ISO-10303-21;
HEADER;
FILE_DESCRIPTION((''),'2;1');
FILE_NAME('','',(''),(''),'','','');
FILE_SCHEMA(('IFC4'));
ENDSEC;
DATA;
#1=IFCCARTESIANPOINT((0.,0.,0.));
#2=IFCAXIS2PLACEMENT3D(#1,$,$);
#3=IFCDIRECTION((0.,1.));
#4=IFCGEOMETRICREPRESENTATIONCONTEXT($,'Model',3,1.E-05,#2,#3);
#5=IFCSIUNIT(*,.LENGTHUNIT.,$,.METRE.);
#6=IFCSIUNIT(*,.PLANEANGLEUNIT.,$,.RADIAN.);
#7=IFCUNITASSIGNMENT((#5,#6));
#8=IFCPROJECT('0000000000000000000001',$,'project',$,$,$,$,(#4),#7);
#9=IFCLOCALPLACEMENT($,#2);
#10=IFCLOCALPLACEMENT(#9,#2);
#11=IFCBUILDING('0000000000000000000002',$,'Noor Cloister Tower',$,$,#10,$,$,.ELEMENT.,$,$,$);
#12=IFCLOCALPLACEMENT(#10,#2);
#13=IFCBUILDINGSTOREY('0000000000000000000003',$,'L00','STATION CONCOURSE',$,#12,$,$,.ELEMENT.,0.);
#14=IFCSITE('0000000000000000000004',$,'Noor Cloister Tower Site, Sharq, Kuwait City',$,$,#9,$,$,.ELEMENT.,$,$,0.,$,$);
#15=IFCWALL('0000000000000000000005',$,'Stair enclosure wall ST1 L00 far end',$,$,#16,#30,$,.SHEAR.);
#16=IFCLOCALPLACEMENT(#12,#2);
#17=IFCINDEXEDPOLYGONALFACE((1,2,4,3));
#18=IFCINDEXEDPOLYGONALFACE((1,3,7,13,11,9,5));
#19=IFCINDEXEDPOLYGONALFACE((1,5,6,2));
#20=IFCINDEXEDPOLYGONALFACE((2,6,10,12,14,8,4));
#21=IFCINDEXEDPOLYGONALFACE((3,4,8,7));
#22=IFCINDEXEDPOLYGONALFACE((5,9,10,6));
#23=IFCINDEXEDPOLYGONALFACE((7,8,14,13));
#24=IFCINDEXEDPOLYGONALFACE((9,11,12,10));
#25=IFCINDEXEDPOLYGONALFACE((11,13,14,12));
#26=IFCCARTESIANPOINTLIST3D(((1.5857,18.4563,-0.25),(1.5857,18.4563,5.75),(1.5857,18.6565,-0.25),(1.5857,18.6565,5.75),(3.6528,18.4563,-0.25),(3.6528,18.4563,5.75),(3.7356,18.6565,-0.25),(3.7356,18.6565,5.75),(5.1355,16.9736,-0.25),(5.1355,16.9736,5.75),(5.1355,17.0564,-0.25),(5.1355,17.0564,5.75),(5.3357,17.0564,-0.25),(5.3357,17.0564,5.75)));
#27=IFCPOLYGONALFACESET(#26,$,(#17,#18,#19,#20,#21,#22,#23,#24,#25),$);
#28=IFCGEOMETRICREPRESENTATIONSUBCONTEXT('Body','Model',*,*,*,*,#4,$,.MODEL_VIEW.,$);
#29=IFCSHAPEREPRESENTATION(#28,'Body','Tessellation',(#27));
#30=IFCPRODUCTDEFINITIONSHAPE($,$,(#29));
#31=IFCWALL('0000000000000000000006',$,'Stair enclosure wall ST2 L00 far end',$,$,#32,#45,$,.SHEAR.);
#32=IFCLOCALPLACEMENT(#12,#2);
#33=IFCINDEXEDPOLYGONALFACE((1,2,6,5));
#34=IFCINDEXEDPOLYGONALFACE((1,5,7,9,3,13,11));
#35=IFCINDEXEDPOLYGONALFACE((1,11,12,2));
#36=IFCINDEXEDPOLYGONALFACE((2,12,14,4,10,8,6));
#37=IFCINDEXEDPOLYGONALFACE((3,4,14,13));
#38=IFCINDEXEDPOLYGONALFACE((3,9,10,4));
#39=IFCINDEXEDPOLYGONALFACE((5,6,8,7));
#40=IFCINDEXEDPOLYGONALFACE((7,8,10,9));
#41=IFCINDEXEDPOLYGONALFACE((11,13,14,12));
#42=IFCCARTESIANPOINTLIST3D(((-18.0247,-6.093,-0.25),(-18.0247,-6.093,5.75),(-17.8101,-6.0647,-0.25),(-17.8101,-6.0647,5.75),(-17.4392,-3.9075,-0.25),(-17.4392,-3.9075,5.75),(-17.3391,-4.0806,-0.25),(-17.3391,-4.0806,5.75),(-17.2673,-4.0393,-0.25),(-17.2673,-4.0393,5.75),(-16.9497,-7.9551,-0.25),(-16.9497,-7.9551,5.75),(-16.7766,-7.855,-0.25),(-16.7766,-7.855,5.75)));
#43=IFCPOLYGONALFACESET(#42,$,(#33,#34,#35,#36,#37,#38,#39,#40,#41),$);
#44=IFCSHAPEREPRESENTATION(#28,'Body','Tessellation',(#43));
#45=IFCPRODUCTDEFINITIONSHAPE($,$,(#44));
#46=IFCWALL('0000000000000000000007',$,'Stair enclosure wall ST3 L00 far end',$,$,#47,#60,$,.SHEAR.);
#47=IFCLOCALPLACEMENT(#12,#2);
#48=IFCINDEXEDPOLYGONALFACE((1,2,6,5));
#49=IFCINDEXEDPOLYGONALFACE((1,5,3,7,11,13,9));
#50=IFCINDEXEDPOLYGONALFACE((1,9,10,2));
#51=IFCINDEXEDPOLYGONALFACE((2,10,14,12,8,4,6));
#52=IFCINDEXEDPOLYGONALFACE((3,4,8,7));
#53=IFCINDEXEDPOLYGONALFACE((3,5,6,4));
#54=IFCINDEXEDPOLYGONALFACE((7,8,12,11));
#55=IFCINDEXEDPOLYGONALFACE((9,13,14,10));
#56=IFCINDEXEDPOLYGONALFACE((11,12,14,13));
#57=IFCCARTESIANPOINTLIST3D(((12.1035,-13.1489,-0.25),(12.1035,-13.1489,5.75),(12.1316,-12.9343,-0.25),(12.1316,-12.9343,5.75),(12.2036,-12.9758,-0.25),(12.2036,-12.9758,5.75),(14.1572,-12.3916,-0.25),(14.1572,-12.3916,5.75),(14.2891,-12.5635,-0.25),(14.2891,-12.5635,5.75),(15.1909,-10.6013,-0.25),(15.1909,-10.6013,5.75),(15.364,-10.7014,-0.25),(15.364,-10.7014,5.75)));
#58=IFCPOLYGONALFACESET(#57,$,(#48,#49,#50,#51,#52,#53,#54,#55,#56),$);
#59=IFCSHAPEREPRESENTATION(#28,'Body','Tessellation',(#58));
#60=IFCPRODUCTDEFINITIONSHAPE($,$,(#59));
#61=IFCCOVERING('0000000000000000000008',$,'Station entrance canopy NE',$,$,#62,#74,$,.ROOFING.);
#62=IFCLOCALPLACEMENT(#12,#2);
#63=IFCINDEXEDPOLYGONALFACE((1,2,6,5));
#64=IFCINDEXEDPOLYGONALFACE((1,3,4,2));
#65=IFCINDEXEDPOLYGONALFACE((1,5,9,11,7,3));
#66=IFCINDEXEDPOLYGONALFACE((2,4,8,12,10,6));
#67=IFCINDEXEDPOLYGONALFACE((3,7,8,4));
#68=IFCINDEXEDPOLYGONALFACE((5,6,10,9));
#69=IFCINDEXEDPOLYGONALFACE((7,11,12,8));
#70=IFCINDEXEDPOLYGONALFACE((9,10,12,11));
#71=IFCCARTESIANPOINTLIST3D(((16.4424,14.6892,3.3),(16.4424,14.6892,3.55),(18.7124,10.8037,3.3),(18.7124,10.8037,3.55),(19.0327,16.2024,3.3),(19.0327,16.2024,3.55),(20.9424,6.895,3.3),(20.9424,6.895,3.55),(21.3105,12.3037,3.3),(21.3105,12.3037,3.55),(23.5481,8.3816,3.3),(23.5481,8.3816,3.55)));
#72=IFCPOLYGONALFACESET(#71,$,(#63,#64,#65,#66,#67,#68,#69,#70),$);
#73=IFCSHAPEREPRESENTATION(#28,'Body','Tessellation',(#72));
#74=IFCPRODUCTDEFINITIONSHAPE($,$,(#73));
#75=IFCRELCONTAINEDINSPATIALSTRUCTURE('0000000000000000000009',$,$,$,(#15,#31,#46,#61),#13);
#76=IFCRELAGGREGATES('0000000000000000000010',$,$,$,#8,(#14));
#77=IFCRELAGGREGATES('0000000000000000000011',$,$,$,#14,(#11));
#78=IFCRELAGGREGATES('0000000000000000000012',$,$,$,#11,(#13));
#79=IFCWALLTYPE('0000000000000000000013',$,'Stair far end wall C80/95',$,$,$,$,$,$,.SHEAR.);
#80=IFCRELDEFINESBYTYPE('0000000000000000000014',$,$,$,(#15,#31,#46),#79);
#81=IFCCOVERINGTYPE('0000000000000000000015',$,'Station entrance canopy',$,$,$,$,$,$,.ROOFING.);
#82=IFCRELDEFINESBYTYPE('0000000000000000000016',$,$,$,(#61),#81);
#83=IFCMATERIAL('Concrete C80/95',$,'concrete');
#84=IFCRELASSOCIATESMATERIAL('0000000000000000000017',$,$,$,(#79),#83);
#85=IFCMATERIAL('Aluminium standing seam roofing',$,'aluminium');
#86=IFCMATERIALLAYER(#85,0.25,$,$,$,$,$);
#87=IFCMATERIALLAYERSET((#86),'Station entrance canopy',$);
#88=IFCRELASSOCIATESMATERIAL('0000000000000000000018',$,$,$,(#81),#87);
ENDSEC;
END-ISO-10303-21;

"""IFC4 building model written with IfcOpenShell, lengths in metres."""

from ifc_helpers import new_model, si_unit, direction, frame, origin, place, context, subcontext, project, spatial, polyline, outline, extrude, material, layer, layer_set, type_object, element, save


model = new_model("IFC4")

# Units and contexts
model_context = context("Model", 3, precision=1e-05, world=origin(), true_north=direction((0.0, 1.0)))
body_context = subcontext(model_context, "Body", "Model", "MODEL_VIEW")
ifc_project = project(units=[si_unit("LENGTHUNIT", "METRE"), si_unit("PLANEANGLEUNIT", "RADIAN")], contexts=[model_context])

# Site, building, storey
site_placement = place(None, origin())
site = spatial("IfcSite", under=ifc_project, at=site_placement, Name="Noor Cloister Tower Site, Sharq, Kuwait City", CompositionType="ELEMENT", RefElevation=0.0)
building_placement = place(site_placement, origin())
building = spatial("IfcBuilding", under=site, at=building_placement, Name="Noor Cloister Tower", CompositionType="ELEMENT")
storey_placement = place(building_placement, origin())
storey = spatial("IfcBuildingStorey", under=building, at=storey_placement, Name="L00", Description="STATION CONCOURSE", CompositionType="ELEMENT", Elevation=0.0)

# Walls
ifc_material_1 = material(Name="Concrete C80/95", Category="concrete")
wall_type_1 = type_object("IfcWallType", Name="Stair far end wall C80/95", PredefinedType="SHEAR", material=ifc_material_1)
wall_1_placement = place(storey_placement, frame((0.0, 0.0, -0.25)))
element("IfcWall", 1, at=wall_1_placement, inside=storey, type_object=wall_type_1, Name="Stair enclosure wall ST1 L00 far end", PredefinedType="SHEAR", context=body_context, shape_type="SweptSolid", body=[
    extrude(outline(polyline([(5.3357, 17.0564), (3.7356, 18.6565), (1.5857, 18.6565), (1.5857, 18.4563), (3.6528, 18.4563), (5.1355, 16.9736), (5.1355, 17.0564), (5.1355, 17.0564), (5.1355, 17.0564), (5.1355, 17.0564), (5.1355, 17.0564), (5.1355, 17.0564), (5.1355, 17.0564), (5.1355, 17.0564), (5.1355, 17.0564), (5.1355, 17.0564), (5.1355, 17.0564), (5.1355, 17.0564), (5.1355, 17.0564), (5.1355, 17.0564), (5.1355, 17.0564), (5.1355, 17.0564), (5.1355, 17.0564), (5.3357, 17.0564)])), origin(), (0.0, 0.0, 1.0), 6.0),
])
wall_2_placement = place(storey_placement, frame((0.0, 0.0, -0.25)))
element("IfcWall", 2, at=wall_2_placement, inside=storey, type_object=wall_type_1, Name="Stair enclosure wall ST2 L00 far end", PredefinedType="SHEAR", context=body_context, shape_type="SweptSolid", body=[
    extrude(outline(polyline([(-17.4392, -3.9075), (-18.0247, -6.093), (-16.9497, -7.9551), (-16.7766, -7.855), (-17.8101, -6.0647), (-17.2673, -4.0393), (-17.3391, -4.0806), (-17.3391, -4.0806), (-17.3391, -4.0806), (-17.3391, -4.0806), (-17.3391, -4.0806), (-17.3391, -4.0806), (-17.3391, -4.0806), (-17.3391, -4.0806), (-17.3391, -4.0806), (-17.3391, -4.0806), (-17.3391, -4.0806), (-17.3391, -4.0806), (-17.3391, -4.0806), (-17.3391, -4.0806), (-17.3391, -4.0806), (-17.3391, -4.0806), (-17.3391, -4.0806), (-17.4392, -3.9075)])), origin(), (0.0, 0.0, 1.0), 6.0),
])
wall_3_placement = place(storey_placement, frame((0.0, 0.0, -0.25)))
element("IfcWall", 3, at=wall_3_placement, inside=storey, type_object=wall_type_1, Name="Stair enclosure wall ST3 L00 far end", PredefinedType="SHEAR", context=body_context, shape_type="SweptSolid", body=[
    extrude(outline(polyline([(12.1035, -13.1489), (14.2891, -12.5635), (15.364, -10.7014), (15.1909, -10.6013), (14.1572, -12.3916), (12.1316, -12.9343), (12.2036, -12.9758), (12.2036, -12.9758), (12.2036, -12.9758), (12.2036, -12.9758), (12.2036, -12.9758), (12.2036, -12.9758), (12.2036, -12.9758), (12.2036, -12.9758), (12.2036, -12.9758), (12.2036, -12.9758), (12.2036, -12.9758), (12.2036, -12.9758), (12.2036, -12.9758), (12.2036, -12.9758), (12.2036, -12.9758), (12.2036, -12.9758), (12.2036, -12.9758), (12.1035, -13.1489)])), origin(), (0.0, 0.0, 1.0), 6.0),
])

# Covering
ifc_material_2 = material(Name="Aluminium standing seam roofing", Category="aluminium")
ifc_layer_1 = layer(ifc_material_2, 0.25)
ifc_layer_set_1 = layer_set([ifc_layer_1], Name="Station entrance canopy")
covering_type = type_object("IfcCoveringType", Name="Station entrance canopy", PredefinedType="ROOFING", material=ifc_layer_set_1)
covering_placement = place(storey_placement, frame((0.0, 0.0, 3.3)))
element("IfcCovering", 4, at=covering_placement, inside=storey, type_object=covering_type, Name="Station entrance canopy NE", PredefinedType="ROOFING", context=body_context, shape_type="SweptSolid", body=[
    extrude(outline(polyline([(23.5481, 8.3816), (21.3105, 12.3037), (19.0327, 16.2024), (16.4424, 14.6892), (18.7124, 10.8037), (20.9424, 6.895), (23.5481, 8.3816)])), origin(), (0.0, 0.0, 1.0), 0.25),
])

save(model, "model.ifc")
